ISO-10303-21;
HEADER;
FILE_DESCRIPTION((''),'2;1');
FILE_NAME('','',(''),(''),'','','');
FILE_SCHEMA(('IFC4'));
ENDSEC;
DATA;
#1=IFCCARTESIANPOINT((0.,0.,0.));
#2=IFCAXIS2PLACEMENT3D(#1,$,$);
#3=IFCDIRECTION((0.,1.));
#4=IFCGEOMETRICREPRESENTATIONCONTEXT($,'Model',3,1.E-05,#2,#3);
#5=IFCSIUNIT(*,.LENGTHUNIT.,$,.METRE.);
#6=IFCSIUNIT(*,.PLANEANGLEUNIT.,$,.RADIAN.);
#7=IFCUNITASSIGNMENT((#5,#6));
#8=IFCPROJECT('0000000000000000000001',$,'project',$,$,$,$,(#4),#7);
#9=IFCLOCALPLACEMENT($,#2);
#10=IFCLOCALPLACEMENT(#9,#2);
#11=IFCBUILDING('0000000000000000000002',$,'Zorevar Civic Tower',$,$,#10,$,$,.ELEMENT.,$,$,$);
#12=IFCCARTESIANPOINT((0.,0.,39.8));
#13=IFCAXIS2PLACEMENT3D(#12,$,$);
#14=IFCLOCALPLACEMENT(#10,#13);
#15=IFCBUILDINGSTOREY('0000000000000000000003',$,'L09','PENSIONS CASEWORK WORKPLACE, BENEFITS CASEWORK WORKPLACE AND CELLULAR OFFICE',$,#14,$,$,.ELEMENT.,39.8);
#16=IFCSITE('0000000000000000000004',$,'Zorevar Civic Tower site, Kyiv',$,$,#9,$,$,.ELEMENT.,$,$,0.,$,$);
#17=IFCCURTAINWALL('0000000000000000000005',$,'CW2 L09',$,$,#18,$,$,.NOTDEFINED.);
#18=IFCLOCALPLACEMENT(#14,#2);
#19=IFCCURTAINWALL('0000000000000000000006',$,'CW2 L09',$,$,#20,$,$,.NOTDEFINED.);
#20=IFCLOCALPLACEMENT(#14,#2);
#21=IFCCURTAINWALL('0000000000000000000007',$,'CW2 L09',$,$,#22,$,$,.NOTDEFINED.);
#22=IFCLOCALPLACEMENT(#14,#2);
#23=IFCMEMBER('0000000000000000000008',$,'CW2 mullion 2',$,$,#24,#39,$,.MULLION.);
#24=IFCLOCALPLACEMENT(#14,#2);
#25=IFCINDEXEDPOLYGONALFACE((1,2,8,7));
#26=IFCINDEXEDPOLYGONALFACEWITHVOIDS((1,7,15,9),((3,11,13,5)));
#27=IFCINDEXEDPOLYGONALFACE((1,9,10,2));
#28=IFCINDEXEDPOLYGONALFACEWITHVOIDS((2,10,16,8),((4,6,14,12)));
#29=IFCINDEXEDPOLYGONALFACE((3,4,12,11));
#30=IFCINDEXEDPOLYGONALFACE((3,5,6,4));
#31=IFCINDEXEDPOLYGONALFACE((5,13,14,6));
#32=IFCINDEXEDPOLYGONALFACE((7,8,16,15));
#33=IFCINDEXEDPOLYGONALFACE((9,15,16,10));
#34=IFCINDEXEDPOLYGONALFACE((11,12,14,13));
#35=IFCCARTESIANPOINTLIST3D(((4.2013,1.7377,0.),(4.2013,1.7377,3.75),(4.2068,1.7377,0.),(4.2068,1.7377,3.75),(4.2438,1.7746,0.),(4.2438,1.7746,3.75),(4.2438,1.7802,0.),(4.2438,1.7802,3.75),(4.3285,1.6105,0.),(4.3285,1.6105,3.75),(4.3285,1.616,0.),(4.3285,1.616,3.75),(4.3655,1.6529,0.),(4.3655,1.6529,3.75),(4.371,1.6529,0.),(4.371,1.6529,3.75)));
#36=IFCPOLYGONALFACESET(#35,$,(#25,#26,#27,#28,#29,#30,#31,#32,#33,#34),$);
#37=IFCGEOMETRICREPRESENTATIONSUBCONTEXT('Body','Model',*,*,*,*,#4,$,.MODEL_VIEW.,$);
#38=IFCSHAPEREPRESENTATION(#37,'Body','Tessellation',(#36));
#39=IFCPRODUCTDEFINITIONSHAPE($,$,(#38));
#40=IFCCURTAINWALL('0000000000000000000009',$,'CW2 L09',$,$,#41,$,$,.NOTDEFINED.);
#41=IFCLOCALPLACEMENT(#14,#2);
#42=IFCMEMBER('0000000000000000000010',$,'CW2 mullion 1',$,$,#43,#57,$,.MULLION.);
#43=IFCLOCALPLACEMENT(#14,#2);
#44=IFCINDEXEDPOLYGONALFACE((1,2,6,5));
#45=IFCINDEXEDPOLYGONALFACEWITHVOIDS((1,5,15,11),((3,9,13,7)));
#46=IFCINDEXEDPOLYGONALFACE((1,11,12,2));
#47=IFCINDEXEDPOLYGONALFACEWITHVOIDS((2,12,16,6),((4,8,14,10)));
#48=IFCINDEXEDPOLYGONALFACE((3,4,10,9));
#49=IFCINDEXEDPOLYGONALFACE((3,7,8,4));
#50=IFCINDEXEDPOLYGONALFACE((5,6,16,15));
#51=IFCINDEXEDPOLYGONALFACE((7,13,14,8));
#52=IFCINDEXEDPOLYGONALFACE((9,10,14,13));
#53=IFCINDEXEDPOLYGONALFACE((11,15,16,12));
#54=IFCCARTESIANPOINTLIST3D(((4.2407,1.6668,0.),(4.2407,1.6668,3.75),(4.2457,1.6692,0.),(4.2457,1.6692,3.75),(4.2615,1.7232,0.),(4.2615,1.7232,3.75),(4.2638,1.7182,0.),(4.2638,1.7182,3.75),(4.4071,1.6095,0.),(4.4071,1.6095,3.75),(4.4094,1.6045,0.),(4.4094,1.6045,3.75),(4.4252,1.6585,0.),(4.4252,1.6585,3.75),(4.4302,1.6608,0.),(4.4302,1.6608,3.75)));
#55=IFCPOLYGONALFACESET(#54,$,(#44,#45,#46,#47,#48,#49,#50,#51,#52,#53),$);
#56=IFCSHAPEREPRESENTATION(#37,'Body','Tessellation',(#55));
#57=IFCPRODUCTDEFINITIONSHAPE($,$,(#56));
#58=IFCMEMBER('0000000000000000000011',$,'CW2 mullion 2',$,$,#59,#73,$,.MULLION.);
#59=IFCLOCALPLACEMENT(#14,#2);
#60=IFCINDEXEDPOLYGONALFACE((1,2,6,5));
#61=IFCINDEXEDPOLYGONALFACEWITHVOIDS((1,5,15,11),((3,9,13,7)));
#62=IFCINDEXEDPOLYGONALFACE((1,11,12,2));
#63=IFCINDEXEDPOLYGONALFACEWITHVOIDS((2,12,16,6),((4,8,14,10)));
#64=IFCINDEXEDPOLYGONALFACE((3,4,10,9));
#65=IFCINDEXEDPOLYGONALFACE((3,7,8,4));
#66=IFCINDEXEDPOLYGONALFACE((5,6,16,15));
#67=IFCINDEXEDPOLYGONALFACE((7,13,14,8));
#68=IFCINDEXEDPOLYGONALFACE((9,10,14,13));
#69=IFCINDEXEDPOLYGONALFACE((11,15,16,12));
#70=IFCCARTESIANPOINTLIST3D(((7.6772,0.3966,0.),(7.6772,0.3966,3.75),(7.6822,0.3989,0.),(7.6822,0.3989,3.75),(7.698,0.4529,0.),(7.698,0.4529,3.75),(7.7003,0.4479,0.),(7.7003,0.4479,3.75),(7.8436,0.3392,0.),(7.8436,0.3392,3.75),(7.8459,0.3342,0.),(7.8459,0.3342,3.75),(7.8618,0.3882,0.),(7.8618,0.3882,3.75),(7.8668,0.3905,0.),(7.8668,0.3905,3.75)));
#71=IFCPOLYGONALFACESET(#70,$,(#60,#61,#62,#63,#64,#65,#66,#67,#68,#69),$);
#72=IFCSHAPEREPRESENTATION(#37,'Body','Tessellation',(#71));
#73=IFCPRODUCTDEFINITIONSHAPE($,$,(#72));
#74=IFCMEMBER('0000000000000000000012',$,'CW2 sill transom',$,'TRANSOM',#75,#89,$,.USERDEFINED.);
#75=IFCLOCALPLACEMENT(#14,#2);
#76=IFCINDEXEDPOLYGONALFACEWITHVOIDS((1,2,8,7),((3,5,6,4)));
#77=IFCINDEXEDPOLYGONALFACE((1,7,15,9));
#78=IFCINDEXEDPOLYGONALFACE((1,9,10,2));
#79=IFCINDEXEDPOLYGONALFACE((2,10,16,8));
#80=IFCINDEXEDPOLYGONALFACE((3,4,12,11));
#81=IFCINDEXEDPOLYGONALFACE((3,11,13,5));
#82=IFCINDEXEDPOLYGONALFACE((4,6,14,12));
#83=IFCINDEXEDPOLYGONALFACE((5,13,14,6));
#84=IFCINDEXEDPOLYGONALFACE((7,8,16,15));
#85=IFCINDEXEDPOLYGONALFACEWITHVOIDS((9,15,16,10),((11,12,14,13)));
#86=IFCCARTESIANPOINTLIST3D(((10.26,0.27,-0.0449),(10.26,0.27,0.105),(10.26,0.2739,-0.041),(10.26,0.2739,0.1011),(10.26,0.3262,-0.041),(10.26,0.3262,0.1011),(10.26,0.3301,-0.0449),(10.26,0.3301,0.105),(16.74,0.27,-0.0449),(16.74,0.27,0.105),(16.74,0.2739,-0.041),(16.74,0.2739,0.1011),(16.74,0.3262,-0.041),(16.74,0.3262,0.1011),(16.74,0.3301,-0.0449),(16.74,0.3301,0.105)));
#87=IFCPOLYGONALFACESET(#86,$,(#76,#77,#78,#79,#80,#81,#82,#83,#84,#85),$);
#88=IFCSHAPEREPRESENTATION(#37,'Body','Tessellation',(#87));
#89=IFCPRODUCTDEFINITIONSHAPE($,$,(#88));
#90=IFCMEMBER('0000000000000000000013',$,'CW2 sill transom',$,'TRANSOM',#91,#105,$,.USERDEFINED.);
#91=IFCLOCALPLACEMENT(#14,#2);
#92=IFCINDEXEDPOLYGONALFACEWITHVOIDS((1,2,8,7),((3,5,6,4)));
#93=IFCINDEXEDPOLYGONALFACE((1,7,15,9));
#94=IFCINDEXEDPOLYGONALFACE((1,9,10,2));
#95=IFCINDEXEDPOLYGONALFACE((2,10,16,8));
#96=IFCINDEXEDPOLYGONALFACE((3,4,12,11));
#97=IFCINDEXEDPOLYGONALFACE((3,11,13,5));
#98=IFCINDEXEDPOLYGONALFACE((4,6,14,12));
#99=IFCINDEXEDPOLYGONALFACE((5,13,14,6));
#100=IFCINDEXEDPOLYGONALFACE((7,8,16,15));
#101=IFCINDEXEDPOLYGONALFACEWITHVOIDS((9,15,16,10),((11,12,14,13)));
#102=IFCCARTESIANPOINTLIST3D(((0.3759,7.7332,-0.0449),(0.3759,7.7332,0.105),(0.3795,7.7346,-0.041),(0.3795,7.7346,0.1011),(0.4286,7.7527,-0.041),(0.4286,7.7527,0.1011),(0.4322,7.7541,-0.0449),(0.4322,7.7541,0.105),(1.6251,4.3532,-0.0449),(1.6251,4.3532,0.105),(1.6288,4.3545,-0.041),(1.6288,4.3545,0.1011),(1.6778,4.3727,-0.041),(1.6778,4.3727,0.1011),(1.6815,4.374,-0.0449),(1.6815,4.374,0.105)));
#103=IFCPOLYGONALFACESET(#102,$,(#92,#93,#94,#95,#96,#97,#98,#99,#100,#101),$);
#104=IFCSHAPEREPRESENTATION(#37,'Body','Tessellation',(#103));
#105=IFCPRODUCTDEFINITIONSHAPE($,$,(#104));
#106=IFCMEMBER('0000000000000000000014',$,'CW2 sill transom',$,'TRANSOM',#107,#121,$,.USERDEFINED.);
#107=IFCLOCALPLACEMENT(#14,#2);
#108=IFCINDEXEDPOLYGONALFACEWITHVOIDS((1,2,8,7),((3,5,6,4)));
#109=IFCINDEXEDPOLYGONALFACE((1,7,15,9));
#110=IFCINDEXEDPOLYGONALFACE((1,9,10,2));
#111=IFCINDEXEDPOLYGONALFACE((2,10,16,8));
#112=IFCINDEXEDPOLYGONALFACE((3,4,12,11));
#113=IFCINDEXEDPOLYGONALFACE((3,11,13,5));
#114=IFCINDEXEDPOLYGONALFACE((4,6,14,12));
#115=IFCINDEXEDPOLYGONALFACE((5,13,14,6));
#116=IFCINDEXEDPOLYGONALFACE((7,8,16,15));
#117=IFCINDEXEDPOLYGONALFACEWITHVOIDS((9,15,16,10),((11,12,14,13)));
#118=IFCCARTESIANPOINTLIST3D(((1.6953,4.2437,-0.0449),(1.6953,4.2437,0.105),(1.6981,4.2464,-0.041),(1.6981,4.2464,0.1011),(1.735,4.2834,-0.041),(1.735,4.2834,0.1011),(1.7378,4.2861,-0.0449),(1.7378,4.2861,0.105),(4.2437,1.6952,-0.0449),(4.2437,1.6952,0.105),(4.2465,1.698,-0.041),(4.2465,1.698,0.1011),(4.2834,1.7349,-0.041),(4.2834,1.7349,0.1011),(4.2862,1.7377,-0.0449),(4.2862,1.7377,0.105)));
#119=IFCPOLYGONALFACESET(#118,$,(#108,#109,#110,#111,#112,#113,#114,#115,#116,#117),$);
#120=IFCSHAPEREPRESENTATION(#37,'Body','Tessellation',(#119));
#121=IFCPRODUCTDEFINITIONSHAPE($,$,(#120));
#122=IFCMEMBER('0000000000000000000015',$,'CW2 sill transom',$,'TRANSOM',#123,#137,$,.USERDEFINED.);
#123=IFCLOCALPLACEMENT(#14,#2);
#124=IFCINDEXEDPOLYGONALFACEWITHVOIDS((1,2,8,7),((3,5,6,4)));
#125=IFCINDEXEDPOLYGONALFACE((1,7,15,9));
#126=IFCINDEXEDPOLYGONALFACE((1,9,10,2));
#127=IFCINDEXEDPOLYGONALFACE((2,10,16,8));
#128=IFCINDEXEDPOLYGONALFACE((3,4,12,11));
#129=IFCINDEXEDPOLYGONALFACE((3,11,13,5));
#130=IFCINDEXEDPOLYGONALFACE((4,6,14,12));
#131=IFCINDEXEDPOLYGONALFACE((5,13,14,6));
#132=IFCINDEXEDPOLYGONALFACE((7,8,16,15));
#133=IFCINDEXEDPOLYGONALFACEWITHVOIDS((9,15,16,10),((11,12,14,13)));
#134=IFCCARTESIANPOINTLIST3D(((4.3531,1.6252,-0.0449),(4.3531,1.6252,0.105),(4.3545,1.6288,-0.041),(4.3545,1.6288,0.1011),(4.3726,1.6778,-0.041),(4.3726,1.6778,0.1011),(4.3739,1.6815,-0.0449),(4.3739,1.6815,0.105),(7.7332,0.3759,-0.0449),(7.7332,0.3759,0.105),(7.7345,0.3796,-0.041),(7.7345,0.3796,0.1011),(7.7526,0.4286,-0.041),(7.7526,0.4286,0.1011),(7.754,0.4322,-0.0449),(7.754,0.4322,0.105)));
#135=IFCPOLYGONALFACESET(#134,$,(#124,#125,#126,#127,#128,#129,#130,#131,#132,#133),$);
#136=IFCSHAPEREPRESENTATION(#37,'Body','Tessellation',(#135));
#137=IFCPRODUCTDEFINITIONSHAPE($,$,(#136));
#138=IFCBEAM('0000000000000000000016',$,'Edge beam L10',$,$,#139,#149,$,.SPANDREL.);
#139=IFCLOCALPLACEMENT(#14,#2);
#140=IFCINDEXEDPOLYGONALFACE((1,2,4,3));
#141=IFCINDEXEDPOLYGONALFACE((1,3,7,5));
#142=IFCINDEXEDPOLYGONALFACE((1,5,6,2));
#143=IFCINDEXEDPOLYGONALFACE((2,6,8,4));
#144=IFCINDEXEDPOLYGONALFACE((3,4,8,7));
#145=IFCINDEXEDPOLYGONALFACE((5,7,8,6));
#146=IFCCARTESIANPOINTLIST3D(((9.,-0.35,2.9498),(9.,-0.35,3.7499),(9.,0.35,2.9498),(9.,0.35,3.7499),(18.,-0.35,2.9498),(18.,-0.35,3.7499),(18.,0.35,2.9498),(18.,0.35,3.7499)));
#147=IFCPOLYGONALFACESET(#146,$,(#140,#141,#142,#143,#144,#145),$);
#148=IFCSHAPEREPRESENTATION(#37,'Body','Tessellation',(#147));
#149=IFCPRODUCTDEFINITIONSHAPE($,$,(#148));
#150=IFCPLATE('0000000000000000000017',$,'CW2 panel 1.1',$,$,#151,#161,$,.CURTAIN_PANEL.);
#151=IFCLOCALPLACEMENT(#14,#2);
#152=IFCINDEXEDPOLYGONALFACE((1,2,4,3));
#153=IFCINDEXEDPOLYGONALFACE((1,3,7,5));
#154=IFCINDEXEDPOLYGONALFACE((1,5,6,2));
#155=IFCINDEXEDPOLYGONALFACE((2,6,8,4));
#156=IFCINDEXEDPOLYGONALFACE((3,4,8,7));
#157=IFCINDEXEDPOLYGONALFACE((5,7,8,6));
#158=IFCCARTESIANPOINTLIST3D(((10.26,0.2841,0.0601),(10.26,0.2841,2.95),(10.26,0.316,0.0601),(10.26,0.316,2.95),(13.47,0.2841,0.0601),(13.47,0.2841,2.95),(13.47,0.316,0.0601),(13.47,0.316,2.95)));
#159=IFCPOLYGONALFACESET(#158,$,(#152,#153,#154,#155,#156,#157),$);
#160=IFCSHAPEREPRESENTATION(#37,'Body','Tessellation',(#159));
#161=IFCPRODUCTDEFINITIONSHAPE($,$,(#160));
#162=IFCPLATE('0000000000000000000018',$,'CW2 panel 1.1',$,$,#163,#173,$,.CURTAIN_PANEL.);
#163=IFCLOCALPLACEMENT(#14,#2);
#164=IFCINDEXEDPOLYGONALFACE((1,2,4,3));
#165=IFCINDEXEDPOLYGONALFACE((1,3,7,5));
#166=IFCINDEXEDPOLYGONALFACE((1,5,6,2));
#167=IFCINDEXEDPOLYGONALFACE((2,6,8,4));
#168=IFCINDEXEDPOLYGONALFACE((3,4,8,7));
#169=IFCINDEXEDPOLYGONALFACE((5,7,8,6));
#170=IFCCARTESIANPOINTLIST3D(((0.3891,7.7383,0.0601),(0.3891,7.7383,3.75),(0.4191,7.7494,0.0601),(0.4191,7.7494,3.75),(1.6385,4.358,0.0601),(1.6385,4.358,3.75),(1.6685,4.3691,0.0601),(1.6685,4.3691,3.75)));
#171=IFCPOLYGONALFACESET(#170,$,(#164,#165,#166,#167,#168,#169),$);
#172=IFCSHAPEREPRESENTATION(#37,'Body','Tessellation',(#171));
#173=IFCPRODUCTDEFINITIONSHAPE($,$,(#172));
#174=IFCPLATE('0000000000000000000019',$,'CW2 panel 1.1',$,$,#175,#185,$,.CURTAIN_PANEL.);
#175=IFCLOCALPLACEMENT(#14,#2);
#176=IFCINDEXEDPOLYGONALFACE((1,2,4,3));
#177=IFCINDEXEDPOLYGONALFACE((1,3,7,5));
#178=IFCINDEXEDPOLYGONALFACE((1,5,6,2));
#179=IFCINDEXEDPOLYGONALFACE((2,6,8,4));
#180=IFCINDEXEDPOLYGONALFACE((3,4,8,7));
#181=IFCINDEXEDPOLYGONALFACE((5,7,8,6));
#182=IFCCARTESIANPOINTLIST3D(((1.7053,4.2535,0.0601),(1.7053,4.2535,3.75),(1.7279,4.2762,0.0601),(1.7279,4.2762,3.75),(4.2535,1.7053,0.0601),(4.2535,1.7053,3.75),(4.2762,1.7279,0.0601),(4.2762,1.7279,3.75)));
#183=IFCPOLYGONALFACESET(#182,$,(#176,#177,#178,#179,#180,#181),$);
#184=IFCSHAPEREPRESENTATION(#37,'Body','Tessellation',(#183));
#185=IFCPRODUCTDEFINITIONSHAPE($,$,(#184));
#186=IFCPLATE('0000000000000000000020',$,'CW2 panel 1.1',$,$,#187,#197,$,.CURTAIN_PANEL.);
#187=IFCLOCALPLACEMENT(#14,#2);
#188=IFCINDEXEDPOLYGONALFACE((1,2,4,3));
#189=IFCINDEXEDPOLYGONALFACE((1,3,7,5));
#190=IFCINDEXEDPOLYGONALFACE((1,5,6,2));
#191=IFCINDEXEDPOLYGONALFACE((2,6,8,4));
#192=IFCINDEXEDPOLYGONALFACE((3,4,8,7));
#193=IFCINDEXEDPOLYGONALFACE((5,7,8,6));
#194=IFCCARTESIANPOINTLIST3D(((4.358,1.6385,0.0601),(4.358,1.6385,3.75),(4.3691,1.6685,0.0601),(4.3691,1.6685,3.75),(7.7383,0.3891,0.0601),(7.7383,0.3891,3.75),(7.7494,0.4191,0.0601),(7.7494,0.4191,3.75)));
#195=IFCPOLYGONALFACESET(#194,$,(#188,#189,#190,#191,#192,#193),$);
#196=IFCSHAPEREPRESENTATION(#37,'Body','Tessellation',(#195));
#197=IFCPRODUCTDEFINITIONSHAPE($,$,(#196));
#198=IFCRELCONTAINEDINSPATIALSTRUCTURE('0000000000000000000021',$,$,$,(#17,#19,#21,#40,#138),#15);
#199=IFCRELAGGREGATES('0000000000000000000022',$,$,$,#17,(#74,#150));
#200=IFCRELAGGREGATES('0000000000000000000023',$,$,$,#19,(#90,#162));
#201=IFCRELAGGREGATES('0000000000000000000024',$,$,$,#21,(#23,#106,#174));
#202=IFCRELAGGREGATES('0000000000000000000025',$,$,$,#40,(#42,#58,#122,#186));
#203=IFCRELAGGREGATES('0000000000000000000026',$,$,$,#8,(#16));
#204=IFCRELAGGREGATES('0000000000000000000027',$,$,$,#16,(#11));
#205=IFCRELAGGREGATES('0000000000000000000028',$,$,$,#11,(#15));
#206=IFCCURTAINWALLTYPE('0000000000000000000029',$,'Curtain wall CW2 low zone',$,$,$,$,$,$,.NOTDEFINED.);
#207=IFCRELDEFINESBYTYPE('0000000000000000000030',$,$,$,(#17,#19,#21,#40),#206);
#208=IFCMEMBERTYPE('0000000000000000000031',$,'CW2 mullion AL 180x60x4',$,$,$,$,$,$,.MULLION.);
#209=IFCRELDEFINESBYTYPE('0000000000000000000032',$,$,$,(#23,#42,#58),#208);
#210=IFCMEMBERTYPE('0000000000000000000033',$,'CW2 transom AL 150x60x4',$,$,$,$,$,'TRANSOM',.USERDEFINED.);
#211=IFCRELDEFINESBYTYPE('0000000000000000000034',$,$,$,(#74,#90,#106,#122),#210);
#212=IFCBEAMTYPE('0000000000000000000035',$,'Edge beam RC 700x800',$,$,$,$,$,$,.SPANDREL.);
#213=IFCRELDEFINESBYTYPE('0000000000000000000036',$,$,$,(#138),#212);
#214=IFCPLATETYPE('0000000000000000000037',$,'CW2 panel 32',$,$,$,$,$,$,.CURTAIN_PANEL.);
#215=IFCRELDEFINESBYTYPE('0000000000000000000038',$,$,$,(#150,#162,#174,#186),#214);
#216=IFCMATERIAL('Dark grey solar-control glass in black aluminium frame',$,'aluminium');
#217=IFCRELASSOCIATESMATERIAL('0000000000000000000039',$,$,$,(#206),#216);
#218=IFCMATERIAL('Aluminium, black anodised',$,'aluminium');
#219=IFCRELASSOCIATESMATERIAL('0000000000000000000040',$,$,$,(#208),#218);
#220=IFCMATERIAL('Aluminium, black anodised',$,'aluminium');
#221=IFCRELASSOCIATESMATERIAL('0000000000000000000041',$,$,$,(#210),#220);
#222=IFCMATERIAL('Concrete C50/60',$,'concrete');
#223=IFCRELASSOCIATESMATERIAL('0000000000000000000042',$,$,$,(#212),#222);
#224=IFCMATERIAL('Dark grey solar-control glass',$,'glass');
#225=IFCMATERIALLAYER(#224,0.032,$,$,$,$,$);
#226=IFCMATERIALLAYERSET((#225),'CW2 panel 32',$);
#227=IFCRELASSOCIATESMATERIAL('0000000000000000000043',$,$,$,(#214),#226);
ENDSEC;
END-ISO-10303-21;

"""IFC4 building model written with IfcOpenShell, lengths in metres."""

from ifc_helpers import new_model, si_unit, direction, frame, origin, origin_2d, place, context, subcontext, project, spatial, rectangle, hollow_rectangle, extrude, material, layer, layer_set, material_profile, profile_set, type_object, element, aggregate, save


model = new_model("IFC4")

# Units and contexts
model_context = context("Model", 3, precision=1e-05, world=origin(), true_north=direction((0.0, 1.0)))
body_context = subcontext(model_context, "Body", "Model", "MODEL_VIEW")
ifc_project = project(units=[si_unit("LENGTHUNIT", "METRE"), si_unit("PLANEANGLEUNIT", "RADIAN")], contexts=[model_context])

# Site, building, storey
site_placement = place(None, origin())
site = spatial("IfcSite", under=ifc_project, at=site_placement, Name="Zorevar Civic Tower site, Kyiv", CompositionType="ELEMENT", RefElevation=0.0)
building_placement = place(site_placement, origin())
building = spatial("IfcBuilding", under=site, at=building_placement, Name="Zorevar Civic Tower", CompositionType="ELEMENT")
storey_placement = place(building_placement, frame((0.0, 0.0, 39.8)))
storey = spatial("IfcBuildingStorey", under=building, at=storey_placement, Name="L09", Description="PENSIONS CASEWORK WORKPLACE, BENEFITS CASEWORK WORKPLACE AND CELLULAR OFFICE", CompositionType="ELEMENT", Elevation=39.8)

# Curtain wall
ifc_material_1 = material(Name="Dark grey solar-control glass in black aluminium frame", Category="aluminium")
curtain_wall_type = type_object("IfcCurtainWallType", Name="Curtain wall CW2 low zone", PredefinedType="NOTDEFINED", material=ifc_material_1)
curtain_wall_1_placement = place(storey_placement, origin())
curtain_wall_1 = element("IfcCurtainWall", 1, at=curtain_wall_1_placement, inside=storey, type_object=curtain_wall_type, Name="CW2 L09", PredefinedType="NOTDEFINED")
ifc_material_2 = material(Name="Aluminium, black anodised", Category="aluminium")
ifc_material_profile_1 = material_profile(ifc_material_2, hollow_rectangle(XDim=0.0601, YDim=0.1799, WallThickness=0.0039, at=origin_2d()), Name="AL 180x60x4")
ifc_profile_set_1 = profile_set([ifc_material_profile_1], Name="Aluminium, black anodised")
member_type_1 = type_object("IfcMemberType", Name="CW2 mullion AL 180x60x4", PredefinedType="MULLION", material=ifc_profile_set_1)

# Curtain walls, members
curtain_wall_2_placement = place(storey_placement, origin())
curtain_wall_2 = element("IfcCurtainWall", 2, at=curtain_wall_2_placement, inside=storey, type_object=curtain_wall_type, Name="CW2 L09", PredefinedType="NOTDEFINED")
curtain_wall_3_placement = place(storey_placement, origin())
curtain_wall_3 = element("IfcCurtainWall", 3, at=curtain_wall_3_placement, inside=storey, type_object=curtain_wall_type, Name="CW2 L09", PredefinedType="NOTDEFINED")
member_1_placement = place(storey_placement, frame((4.2861, 1.6953, 0.0), z_axis=(0.0, 0.0, 1.0), x_axis=(0.707107, 0.707107, 0.0)))
member_1 = element("IfcMember", 4, at=member_1_placement, type_object=member_type_1, Name="CW2 mullion 2", PredefinedType="MULLION", context=body_context, shape_type="SweptSolid", body=[
    extrude(hollow_rectangle(XDim=0.0601, YDim=0.1799, WallThickness=0.0039, at=origin_2d()), origin(), (0.0, 0.0, 1.0), 3.75),
])
curtain_wall_4_placement = place(storey_placement, origin())
curtain_wall_4 = element("IfcCurtainWall", 5, at=curtain_wall_4_placement, inside=storey, type_object=curtain_wall_type, Name="CW2 L09", PredefinedType="NOTDEFINED")
member_2_placement = place(storey_placement, frame((4.3354, 1.6638, 0.0), z_axis=(0.0, 0.0, 1.0), x_axis=(0.346704, 0.937975, 0.0)))
member_2 = element("IfcMember", 6, at=member_2_placement, type_object=member_type_1, Name="CW2 mullion 1", PredefinedType="MULLION", context=body_context, shape_type="SweptSolid", body=[
    extrude(hollow_rectangle(XDim=0.0601, YDim=0.1799, WallThickness=0.0039, at=origin_2d()), origin(), (0.0, 0.0, 1.0), 3.75),
])
member_3_placement = place(storey_placement, frame((7.772, 0.3936, 0.0), z_axis=(0.0, 0.0, 1.0), x_axis=(0.346704, 0.937975, 0.0)))
member_3 = element("IfcMember", 7, at=member_3_placement, type_object=member_type_1, Name="CW2 mullion 2", PredefinedType="MULLION", context=body_context, shape_type="SweptSolid", body=[
    extrude(hollow_rectangle(XDim=0.0601, YDim=0.1799, WallThickness=0.0039, at=origin_2d()), origin(), (0.0, 0.0, 1.0), 3.75),
])

# Members
ifc_material_3 = material(Name="Aluminium, black anodised", Category="aluminium")
ifc_material_profile_2 = material_profile(ifc_material_3, hollow_rectangle(XDim=0.0601, YDim=0.1499, WallThickness=0.0039, at=origin_2d()), Name="AL 150x60x4")
ifc_profile_set_2 = profile_set([ifc_material_profile_2], Name="Aluminium, black anodised")
member_type_2 = type_object("IfcMemberType", Name="CW2 transom AL 150x60x4", ElementType="TRANSOM", PredefinedType="USERDEFINED", material=ifc_profile_set_2)
member_4_placement = place(storey_placement, frame((10.26, 0.3, 0.03), z_axis=(1.0, 0.0, 0.0), x_axis=(0.0, 1.0, 0.0)))
member_4 = element("IfcMember", 8, at=member_4_placement, type_object=member_type_2, Name="CW2 sill transom", ObjectType="TRANSOM", PredefinedType="USERDEFINED", context=body_context, shape_type="SweptSolid", body=[
    extrude(hollow_rectangle(XDim=0.0601, YDim=0.1499, WallThickness=0.0039, at=origin_2d()), origin(), (0.0, 0.0, 1.0), 6.48),
])
member_5_placement = place(storey_placement, frame((0.4041, 7.7437, 0.03), z_axis=(0.346672, -0.937986, 0.0), x_axis=(0.937986, 0.346672, 0.0)))
member_5 = element("IfcMember", 9, at=member_5_placement, type_object=member_type_2, Name="CW2 sill transom", ObjectType="TRANSOM", PredefinedType="USERDEFINED", context=body_context, shape_type="SweptSolid", body=[
    extrude(hollow_rectangle(XDim=0.0601, YDim=0.1499, WallThickness=0.0039, at=origin_2d()), origin(), (0.0, 0.0, 1.0), 3.6035),
])
member_6_placement = place(storey_placement, frame((1.7166, 4.2649, 0.03), z_axis=(0.707107, -0.707107, 0.0), x_axis=(0.707107, 0.707107, 0.0)))
member_6 = element("IfcMember", 10, at=member_6_placement, type_object=member_type_2, Name="CW2 sill transom", ObjectType="TRANSOM", PredefinedType="USERDEFINED", context=body_context, shape_type="SweptSolid", body=[
    extrude(hollow_rectangle(XDim=0.0601, YDim=0.1499, WallThickness=0.0039, at=origin_2d()), origin(), (0.0, 0.0, 1.0), 3.604),
])
member_7_placement = place(storey_placement, frame((4.3635, 1.6533, 0.03), z_axis=(0.937986, -0.346672, 0.0), x_axis=(0.346672, 0.937986, 0.0)))
member_7 = element("IfcMember", 11, at=member_7_placement, type_object=member_type_2, Name="CW2 sill transom", ObjectType="TRANSOM", PredefinedType="USERDEFINED", context=body_context, shape_type="SweptSolid", body=[
    extrude(hollow_rectangle(XDim=0.0601, YDim=0.1499, WallThickness=0.0039, at=origin_2d()), origin(), (0.0, 0.0, 1.0), 3.6035),
])

# Beam
ifc_material_4 = material(Name="Concrete C50/60", Category="concrete")
ifc_material_profile_3 = material_profile(ifc_material_4, rectangle(XDim=0.7, YDim=0.8, at=origin_2d()), Name="RC 700x800")
ifc_profile_set_3 = profile_set([ifc_material_profile_3], Name="Concrete C50/60")
beam_type_1 = type_object("IfcBeamType", Name="Edge beam RC 700x800", PredefinedType="SPANDREL", material=ifc_profile_set_3)
beam_1_placement = place(storey_placement, frame((9.0, 0.0, 3.3499), z_axis=(1.0, 0.0, 0.0), x_axis=(0.0, 1.0, 0.0)))
element("IfcBeam", 12, at=beam_1_placement, inside=storey, type_object=beam_type_1, Name="Edge beam L10", PredefinedType="SPANDREL", context=body_context, shape_type="SweptSolid", body=[
    extrude(rectangle(XDim=0.7, YDim=0.8, at=origin_2d()), origin(), (0.0, 0.0, 1.0), 9.0),
])

# Plates
ifc_material_5 = material(Name="Dark grey solar-control glass", Category="glass")
ifc_layer_1 = layer(ifc_material_5, 0.032)
ifc_layer_set_1 = layer_set([ifc_layer_1], Name="CW2 panel 32")
plate_type = type_object("IfcPlateType", Name="CW2 panel 32", PredefinedType="CURTAIN_PANEL", material=ifc_layer_set_1)
plate_1_placement = place(storey_placement, frame((11.865, 0.3, 0.0601), z_axis=(0.0, 0.0, 1.0), x_axis=(1.0, 0.0, 0.0)))
plate_1 = element("IfcPlate", 13, at=plate_1_placement, type_object=plate_type, Name="CW2 panel 1.1", PredefinedType="CURTAIN_PANEL", context=body_context, shape_type="SweptSolid", body=[
    extrude(rectangle(XDim=3.21, YDim=0.032, at=origin_2d()), origin(), (0.0, 0.0, 1.0), 2.8899),
])
aggregate(curtain_wall_1, [member_4, plate_1])
plate_2_placement = place(storey_placement, frame((1.0288, 6.0537, 0.0601), z_axis=(0.0, 0.0, 1.0), x_axis=(0.346704, -0.937975, 0.0)))
plate_2 = element("IfcPlate", 14, at=plate_2_placement, type_object=plate_type, Name="CW2 panel 1.1", PredefinedType="CURTAIN_PANEL", context=body_context, shape_type="SweptSolid", body=[
    extrude(rectangle(XDim=3.6038, YDim=0.032, at=origin_2d()), origin(), (0.0, 0.0, 1.0), 3.6899),
])
aggregate(curtain_wall_2, [member_5, plate_2])
plate_3_placement = place(storey_placement, frame((2.9907, 2.9907, 0.0601), z_axis=(0.0, 0.0, 1.0), x_axis=(0.707107, -0.707107, 0.0)))
plate_3 = element("IfcPlate", 15, at=plate_3_placement, type_object=plate_type, Name="CW2 panel 1.1", PredefinedType="CURTAIN_PANEL", context=body_context, shape_type="SweptSolid", body=[
    extrude(rectangle(XDim=3.6038, YDim=0.032, at=origin_2d()), origin(), (0.0, 0.0, 1.0), 3.6899),
])
aggregate(curtain_wall_3, [member_1, member_6, plate_3])
plate_4_placement = place(storey_placement, frame((6.0537, 1.0288, 0.0601), z_axis=(0.0, 0.0, 1.0), x_axis=(0.937975, -0.346704, 0.0)))
plate_4 = element("IfcPlate", 16, at=plate_4_placement, type_object=plate_type, Name="CW2 panel 1.1", PredefinedType="CURTAIN_PANEL", context=body_context, shape_type="SweptSolid", body=[
    extrude(rectangle(XDim=3.6038, YDim=0.032, at=origin_2d()), origin(), (0.0, 0.0, 1.0), 3.6899),
])
aggregate(curtain_wall_4, [member_2, member_3, member_7, plate_4])

save(model, "model.ifc")
